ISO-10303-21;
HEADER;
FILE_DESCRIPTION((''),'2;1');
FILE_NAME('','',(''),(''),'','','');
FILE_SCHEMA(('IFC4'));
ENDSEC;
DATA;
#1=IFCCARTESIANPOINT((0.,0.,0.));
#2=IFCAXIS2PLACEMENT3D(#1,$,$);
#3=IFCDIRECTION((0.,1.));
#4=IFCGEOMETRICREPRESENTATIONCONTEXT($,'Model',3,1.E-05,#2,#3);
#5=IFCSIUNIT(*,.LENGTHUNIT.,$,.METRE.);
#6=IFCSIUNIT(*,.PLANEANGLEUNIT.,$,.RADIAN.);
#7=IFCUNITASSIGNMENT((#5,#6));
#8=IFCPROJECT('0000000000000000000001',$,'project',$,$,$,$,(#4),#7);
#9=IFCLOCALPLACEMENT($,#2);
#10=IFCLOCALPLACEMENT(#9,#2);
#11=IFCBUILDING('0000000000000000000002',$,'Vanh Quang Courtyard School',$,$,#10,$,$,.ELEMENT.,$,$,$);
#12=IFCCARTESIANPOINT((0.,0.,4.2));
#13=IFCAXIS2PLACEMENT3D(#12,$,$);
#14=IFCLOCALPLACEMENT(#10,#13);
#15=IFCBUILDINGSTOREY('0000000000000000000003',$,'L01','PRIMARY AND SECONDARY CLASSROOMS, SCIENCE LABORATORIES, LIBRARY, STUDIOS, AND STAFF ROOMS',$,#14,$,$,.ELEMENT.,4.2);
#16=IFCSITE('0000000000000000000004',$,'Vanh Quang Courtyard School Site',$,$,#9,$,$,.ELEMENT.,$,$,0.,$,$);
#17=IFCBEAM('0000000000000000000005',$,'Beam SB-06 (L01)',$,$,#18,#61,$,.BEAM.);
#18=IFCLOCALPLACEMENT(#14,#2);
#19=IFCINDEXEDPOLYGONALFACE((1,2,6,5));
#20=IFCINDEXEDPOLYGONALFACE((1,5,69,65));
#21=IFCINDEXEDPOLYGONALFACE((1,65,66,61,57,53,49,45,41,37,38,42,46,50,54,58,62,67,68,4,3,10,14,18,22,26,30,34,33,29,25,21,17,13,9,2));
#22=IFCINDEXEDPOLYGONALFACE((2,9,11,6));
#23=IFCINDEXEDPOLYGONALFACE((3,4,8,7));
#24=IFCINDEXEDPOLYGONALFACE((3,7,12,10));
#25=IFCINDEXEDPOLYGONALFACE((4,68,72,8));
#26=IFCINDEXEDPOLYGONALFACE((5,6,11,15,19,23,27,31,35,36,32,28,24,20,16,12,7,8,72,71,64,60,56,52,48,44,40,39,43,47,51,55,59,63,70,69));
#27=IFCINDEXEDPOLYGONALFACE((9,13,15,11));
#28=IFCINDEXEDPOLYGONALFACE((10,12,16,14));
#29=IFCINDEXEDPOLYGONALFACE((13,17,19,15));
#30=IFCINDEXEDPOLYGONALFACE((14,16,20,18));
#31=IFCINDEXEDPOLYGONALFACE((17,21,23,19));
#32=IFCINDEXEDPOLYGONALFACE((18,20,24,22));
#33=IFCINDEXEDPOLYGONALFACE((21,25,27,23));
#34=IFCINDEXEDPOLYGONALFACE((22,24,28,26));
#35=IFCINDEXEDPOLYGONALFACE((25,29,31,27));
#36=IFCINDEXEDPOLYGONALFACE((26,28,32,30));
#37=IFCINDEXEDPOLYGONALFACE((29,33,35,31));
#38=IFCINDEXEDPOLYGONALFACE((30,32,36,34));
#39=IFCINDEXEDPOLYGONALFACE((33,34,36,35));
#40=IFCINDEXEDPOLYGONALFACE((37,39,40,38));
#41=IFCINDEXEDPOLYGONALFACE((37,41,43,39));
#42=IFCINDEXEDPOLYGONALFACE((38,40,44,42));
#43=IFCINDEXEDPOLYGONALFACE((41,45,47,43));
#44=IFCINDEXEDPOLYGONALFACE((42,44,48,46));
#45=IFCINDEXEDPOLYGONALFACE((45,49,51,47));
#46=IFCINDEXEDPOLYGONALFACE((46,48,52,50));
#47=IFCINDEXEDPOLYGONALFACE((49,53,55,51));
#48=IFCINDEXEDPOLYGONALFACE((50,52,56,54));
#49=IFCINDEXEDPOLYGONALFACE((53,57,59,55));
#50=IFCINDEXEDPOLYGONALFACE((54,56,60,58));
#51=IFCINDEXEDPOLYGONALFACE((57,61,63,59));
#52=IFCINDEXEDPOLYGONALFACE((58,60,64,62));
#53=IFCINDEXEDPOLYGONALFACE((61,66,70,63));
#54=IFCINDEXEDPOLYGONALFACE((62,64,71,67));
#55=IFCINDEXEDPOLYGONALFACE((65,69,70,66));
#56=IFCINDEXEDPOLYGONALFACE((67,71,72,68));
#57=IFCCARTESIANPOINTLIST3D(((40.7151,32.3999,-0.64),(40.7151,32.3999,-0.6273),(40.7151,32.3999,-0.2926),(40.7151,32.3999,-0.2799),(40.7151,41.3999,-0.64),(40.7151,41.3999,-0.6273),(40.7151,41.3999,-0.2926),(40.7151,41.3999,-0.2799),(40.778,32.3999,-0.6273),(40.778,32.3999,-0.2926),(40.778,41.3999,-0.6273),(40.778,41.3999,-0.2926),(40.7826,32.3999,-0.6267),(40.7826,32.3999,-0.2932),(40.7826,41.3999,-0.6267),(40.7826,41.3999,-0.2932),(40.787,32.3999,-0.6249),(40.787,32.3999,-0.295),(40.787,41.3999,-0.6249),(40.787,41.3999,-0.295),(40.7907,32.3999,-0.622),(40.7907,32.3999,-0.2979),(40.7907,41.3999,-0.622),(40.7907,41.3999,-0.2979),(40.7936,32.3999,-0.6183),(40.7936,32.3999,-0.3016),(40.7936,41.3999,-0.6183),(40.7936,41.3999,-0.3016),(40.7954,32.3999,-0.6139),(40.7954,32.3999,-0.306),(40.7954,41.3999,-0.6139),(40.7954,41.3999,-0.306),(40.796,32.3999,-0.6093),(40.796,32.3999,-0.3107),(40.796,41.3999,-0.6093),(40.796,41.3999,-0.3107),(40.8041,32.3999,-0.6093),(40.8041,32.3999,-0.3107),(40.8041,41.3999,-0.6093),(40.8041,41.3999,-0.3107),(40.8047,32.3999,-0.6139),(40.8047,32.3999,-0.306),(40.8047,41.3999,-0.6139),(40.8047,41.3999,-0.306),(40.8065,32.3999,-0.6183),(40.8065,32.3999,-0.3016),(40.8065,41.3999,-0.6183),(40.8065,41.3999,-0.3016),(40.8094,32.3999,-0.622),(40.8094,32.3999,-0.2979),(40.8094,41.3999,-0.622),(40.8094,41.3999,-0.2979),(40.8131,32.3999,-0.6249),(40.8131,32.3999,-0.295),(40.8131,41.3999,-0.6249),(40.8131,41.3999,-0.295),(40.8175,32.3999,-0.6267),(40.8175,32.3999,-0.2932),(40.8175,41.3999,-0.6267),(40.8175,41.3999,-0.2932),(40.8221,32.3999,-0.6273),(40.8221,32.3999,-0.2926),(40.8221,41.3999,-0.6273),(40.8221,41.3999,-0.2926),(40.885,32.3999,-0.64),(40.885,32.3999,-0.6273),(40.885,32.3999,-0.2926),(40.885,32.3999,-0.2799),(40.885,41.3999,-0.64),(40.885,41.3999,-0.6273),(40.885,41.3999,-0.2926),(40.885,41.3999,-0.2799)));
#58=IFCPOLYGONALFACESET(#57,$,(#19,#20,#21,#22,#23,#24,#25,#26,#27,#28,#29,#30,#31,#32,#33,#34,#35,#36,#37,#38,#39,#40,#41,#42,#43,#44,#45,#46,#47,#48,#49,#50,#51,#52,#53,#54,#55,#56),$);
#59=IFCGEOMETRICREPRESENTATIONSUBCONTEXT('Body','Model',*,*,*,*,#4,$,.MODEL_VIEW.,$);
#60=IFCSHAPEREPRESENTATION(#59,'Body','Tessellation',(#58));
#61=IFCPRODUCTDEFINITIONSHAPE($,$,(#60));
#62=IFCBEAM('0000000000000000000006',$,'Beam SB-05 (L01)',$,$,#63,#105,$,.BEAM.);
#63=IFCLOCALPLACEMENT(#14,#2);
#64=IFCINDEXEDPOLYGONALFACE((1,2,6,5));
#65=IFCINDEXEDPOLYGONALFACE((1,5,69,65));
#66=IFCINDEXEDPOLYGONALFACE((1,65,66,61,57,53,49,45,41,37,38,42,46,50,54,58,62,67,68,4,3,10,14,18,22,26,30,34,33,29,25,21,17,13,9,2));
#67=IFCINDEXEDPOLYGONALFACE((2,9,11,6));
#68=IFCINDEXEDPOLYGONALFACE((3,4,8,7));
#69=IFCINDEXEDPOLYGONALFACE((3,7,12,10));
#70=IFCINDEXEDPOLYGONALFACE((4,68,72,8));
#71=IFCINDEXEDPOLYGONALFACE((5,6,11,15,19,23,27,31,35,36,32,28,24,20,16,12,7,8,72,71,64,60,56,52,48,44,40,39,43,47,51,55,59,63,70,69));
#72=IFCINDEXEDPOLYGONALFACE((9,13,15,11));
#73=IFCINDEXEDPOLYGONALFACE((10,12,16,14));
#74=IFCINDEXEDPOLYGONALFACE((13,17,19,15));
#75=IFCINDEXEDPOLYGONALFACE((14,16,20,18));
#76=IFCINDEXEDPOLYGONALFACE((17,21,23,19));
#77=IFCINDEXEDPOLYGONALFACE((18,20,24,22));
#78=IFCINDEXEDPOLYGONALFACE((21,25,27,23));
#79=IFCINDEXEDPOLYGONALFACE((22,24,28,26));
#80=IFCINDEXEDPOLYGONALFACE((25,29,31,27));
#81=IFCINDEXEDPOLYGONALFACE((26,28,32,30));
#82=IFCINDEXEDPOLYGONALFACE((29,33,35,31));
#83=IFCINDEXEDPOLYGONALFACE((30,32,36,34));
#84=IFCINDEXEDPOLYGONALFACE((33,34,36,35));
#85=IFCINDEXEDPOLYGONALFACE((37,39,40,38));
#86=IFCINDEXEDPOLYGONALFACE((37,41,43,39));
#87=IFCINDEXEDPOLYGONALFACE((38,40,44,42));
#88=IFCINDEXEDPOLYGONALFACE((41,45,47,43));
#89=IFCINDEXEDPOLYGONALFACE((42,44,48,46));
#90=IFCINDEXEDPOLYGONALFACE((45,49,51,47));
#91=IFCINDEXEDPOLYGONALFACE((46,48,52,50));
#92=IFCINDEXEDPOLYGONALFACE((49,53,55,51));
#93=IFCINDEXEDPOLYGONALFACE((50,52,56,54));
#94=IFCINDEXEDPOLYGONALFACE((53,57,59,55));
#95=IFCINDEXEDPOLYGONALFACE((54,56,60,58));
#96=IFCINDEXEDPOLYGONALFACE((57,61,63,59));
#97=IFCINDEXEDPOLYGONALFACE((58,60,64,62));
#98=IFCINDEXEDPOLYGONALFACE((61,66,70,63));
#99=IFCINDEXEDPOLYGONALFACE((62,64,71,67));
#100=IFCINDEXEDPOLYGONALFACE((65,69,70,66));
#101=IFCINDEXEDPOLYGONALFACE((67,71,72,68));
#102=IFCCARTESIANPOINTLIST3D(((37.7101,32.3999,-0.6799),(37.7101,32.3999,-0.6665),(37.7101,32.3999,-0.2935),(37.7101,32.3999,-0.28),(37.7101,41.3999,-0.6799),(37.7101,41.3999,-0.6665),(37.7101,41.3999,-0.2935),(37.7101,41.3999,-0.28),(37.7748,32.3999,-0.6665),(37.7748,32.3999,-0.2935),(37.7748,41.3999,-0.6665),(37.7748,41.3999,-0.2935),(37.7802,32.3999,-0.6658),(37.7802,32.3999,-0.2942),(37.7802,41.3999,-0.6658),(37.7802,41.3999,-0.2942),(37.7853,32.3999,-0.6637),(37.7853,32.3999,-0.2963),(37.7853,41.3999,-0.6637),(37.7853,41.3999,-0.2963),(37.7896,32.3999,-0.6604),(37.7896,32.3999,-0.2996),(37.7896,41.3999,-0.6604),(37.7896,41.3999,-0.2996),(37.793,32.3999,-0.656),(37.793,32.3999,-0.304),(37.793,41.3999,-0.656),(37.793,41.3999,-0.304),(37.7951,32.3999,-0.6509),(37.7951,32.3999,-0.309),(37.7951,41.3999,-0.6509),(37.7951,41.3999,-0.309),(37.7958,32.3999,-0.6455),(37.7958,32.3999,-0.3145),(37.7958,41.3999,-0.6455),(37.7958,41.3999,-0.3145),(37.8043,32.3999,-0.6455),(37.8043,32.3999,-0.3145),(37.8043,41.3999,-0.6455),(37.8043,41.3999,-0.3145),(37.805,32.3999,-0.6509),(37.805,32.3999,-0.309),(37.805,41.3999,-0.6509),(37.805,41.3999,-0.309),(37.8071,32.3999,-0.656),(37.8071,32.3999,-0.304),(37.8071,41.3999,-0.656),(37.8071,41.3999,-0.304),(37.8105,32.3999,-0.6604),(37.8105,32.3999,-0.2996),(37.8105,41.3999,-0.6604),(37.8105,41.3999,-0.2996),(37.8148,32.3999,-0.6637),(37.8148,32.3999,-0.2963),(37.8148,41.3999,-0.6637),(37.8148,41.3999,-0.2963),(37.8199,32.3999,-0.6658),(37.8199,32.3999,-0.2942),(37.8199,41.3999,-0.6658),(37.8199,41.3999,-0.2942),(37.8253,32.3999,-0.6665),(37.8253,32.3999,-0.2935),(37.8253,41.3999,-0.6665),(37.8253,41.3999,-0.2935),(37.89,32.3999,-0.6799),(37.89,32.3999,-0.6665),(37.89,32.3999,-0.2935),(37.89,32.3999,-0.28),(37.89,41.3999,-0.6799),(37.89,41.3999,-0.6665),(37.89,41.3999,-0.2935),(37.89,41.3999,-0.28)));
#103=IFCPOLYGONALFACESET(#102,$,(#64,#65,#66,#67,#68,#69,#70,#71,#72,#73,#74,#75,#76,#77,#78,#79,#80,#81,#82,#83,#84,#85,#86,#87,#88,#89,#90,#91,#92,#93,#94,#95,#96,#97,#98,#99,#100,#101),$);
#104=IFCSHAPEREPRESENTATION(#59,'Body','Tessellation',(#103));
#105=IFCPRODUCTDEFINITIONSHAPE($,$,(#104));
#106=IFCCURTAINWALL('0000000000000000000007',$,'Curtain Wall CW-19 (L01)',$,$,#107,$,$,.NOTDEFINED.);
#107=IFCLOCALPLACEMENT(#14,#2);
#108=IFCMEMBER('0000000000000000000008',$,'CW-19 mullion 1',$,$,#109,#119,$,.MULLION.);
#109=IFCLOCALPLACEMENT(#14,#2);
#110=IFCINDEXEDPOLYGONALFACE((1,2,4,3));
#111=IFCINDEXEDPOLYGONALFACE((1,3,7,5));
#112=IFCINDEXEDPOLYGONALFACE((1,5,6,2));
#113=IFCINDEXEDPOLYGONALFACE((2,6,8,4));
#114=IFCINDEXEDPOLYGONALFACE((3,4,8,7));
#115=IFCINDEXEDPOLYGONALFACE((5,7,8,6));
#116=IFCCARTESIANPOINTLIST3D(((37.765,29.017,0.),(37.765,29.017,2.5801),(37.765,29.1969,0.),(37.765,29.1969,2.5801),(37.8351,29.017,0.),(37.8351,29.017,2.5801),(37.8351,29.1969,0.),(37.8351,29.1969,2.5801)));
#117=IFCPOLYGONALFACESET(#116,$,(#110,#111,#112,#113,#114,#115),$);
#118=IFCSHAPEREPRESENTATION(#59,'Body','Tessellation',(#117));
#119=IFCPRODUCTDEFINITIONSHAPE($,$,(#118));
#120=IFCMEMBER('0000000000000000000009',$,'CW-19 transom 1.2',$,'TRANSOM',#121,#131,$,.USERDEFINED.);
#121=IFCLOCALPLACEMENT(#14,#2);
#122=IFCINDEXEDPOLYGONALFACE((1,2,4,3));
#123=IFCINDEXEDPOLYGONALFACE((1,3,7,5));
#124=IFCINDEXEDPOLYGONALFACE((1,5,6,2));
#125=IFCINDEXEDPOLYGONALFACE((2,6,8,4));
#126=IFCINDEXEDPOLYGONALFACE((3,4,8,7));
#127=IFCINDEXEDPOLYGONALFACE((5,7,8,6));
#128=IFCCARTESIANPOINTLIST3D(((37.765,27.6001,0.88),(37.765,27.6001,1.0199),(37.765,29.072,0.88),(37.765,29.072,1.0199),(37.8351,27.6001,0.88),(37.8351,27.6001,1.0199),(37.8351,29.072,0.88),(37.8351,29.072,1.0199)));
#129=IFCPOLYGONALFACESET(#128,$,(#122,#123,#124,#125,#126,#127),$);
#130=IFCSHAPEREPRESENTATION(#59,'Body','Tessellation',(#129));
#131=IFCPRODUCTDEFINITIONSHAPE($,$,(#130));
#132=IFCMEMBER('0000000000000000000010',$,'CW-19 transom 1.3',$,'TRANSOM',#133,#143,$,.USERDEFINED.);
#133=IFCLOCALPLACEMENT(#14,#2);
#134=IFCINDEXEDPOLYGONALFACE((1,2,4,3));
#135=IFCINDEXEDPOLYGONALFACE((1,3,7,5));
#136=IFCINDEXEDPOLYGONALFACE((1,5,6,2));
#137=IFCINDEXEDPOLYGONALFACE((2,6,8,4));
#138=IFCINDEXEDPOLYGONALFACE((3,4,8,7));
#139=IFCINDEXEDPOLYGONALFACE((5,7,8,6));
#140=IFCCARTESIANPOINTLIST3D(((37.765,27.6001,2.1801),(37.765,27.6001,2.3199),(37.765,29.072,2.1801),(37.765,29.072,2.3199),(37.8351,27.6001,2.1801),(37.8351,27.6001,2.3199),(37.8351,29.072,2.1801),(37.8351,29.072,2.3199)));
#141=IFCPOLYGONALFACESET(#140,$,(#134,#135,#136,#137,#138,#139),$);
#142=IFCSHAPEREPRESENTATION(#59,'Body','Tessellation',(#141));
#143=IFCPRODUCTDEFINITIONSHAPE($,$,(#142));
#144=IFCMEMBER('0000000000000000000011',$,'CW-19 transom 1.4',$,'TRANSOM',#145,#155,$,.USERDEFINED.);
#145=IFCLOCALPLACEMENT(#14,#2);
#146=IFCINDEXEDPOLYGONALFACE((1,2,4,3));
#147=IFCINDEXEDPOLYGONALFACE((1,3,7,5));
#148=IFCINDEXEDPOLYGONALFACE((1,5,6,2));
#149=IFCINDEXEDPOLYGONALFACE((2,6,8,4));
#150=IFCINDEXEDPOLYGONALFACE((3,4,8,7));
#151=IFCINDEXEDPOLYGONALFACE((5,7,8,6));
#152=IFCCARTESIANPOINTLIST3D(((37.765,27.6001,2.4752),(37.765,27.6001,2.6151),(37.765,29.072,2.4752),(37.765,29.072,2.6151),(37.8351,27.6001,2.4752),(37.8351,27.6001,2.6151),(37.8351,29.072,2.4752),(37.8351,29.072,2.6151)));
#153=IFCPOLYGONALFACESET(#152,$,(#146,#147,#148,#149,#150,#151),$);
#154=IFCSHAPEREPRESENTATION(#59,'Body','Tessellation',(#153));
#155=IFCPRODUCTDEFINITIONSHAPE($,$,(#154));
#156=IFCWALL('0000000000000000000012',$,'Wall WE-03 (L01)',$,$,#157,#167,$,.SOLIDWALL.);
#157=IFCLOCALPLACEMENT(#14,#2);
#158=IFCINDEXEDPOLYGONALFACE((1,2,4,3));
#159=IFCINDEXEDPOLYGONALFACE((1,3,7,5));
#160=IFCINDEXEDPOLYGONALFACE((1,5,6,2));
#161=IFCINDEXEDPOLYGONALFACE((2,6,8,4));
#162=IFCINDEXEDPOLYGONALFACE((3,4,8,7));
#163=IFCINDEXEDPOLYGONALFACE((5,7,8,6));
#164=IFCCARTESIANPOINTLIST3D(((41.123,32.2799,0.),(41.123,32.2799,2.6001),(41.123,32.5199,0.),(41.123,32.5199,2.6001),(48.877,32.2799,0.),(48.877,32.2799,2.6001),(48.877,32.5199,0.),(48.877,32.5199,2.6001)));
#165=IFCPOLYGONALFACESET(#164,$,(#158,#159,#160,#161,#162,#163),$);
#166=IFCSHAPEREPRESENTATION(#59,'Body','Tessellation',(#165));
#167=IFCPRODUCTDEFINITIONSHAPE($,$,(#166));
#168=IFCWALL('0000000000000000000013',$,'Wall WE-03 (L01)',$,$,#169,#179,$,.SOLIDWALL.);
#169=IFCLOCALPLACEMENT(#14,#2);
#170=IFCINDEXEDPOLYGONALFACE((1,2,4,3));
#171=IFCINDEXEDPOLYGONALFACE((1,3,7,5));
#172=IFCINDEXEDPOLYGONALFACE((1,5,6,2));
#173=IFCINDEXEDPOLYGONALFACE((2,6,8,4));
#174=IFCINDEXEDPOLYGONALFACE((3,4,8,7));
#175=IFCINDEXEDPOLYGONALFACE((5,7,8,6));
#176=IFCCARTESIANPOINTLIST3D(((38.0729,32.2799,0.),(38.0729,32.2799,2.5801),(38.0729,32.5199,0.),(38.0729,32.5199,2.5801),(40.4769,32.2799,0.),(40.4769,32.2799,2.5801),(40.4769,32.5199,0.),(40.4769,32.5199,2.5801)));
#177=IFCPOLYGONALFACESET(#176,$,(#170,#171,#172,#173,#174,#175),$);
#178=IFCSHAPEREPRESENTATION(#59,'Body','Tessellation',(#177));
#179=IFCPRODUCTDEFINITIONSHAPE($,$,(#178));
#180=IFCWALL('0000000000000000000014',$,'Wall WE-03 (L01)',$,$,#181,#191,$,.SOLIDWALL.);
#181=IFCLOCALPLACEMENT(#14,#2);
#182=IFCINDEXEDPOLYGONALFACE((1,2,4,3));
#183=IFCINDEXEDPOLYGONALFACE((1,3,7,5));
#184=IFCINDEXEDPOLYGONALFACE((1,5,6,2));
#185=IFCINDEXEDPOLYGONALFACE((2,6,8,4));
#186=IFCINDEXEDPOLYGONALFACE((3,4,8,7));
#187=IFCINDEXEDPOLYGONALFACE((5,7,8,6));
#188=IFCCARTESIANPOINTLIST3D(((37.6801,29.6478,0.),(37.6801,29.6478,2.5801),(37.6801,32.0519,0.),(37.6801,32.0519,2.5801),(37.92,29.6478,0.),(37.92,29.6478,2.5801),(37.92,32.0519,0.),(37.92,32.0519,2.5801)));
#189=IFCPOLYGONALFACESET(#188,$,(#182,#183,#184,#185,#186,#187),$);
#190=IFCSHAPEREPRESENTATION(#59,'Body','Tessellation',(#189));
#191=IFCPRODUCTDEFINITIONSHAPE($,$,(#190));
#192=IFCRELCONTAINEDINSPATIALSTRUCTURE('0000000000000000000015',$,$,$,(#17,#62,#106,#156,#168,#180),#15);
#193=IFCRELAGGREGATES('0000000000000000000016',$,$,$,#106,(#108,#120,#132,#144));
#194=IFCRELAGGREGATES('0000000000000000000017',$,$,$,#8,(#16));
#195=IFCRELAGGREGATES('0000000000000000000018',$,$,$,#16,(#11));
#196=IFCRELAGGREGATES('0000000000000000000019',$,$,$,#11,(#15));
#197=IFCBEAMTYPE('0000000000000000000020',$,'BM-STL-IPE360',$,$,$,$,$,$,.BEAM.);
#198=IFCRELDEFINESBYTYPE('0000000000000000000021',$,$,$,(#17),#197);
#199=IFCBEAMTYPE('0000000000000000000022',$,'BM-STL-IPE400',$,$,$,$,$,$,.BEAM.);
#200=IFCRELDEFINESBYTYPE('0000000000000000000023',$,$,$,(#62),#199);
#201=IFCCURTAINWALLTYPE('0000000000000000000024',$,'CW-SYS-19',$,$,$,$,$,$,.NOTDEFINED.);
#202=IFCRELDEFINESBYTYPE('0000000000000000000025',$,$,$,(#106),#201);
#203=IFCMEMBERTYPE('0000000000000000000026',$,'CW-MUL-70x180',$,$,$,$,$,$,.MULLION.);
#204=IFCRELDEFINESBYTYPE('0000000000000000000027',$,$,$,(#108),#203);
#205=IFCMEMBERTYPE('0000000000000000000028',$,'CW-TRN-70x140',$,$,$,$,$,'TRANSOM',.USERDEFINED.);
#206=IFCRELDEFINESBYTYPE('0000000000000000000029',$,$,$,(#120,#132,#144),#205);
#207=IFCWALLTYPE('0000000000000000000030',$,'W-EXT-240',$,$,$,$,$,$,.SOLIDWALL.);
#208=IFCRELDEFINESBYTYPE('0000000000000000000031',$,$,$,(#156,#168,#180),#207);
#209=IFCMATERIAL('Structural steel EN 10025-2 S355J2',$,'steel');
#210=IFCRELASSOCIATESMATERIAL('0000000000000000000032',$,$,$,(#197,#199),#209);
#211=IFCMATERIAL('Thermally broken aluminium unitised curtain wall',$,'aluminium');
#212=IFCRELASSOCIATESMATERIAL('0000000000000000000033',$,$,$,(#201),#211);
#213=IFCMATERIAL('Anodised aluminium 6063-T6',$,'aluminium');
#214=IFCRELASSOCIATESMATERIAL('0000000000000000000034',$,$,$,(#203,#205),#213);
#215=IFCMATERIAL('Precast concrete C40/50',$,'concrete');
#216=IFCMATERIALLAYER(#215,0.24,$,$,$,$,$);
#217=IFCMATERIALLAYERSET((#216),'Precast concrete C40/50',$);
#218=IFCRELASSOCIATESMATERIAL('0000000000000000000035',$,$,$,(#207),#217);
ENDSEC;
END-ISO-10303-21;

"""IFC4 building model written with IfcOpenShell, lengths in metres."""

from ifc_helpers import new_model, si_unit, direction, frame, frame_2d, origin, origin_2d, place, context, subcontext, project, spatial, rectangle, i_section, extrude, material, layer, layer_set, material_profile, profile_set, type_object, element, aggregate, save


model = new_model("IFC4")

# Units and contexts
model_context = context("Model", 3, precision=1e-05, world=origin(), true_north=direction((0.0, 1.0)))
body_context = subcontext(model_context, "Body", "Model", "MODEL_VIEW")
ifc_project = project(units=[si_unit("LENGTHUNIT", "METRE"), si_unit("PLANEANGLEUNIT", "RADIAN")], contexts=[model_context])

# Site, building, storey
site_placement = place(None, origin())
site = spatial("IfcSite", under=ifc_project, at=site_placement, Name="Vanh Quang Courtyard School Site", CompositionType="ELEMENT", RefElevation=0.0)
building_placement = place(site_placement, origin())
building = spatial("IfcBuilding", under=site, at=building_placement, Name="Vanh Quang Courtyard School", CompositionType="ELEMENT")
storey_placement = place(building_placement, frame((0.0, 0.0, 4.2)))
storey = spatial("IfcBuildingStorey", under=building, at=storey_placement, Name="L01", Description="PRIMARY AND SECONDARY CLASSROOMS, SCIENCE LABORATORIES, LIBRARY, STUDIOS, AND STAFF ROOMS", CompositionType="ELEMENT", Elevation=4.2)

# Beams
ifc_material_1 = material(Name="Structural steel EN 10025-2 S355J2", Category="steel")
ifc_material_profile_1 = material_profile(ifc_material_1, i_section(OverallWidth=0.1699, OverallDepth=0.3601, WebThickness=0.0081, FlangeThickness=0.0127, FilletRadius=0.0181, at=origin_2d()), Name="IPE 360")
ifc_profile_set_1 = profile_set([ifc_material_profile_1], Name="Structural steel EN 10025-2 S355J2")
beam_type_1 = type_object("IfcBeamType", Name="BM-STL-IPE360", PredefinedType="BEAM", material=ifc_profile_set_1)
beam_1_placement = place(storey_placement, frame((40.8, 32.3999, -0.46), z_axis=(0.0, 1.0, 0.0), x_axis=(-1.0, 0.0, 0.0)))
element("IfcBeam", 1, at=beam_1_placement, inside=storey, type_object=beam_type_1, Name="Beam SB-06 (L01)", PredefinedType="BEAM", context=body_context, shape_type="SweptSolid", body=[
    extrude(i_section(OverallWidth=0.1699, OverallDepth=0.3601, WebThickness=0.0081, FlangeThickness=0.0127, FilletRadius=0.0181, at=origin_2d()), origin(), (0.0, 0.0, 1.0), 9.0),
])
ifc_material_profile_2 = material_profile(ifc_material_1, i_section(OverallWidth=0.1799, OverallDepth=0.3999, WebThickness=0.0085, FlangeThickness=0.0134, FilletRadius=0.021, at=origin_2d()), Name="IPE 400")
ifc_profile_set_2 = profile_set([ifc_material_profile_2], Name="Structural steel EN 10025-2 S355J2")
beam_type_2 = type_object("IfcBeamType", Name="BM-STL-IPE400", PredefinedType="BEAM", material=ifc_profile_set_2)
beam_2_placement = place(storey_placement, frame((37.8, 32.3999, -0.48), z_axis=(0.0, 1.0, 0.0), x_axis=(-1.0, 0.0, 0.0)))
element("IfcBeam", 2, at=beam_2_placement, inside=storey, type_object=beam_type_2, Name="Beam SB-05 (L01)", PredefinedType="BEAM", context=body_context, shape_type="SweptSolid", body=[
    extrude(i_section(OverallWidth=0.1799, OverallDepth=0.3999, WebThickness=0.0085, FlangeThickness=0.0134, FilletRadius=0.021, at=origin_2d()), origin(), (0.0, 0.0, 1.0), 9.0),
])

# Curtain wall, members
ifc_material_2 = material(Name="Thermally broken aluminium unitised curtain wall", Category="aluminium")
curtain_wall_type = type_object("IfcCurtainWallType", Name="CW-SYS-19", PredefinedType="NOTDEFINED", material=ifc_material_2)
curtain_wall_placement = place(storey_placement, origin())
curtain_wall = element("IfcCurtainWall", 3, at=curtain_wall_placement, inside=storey, type_object=curtain_wall_type, Name="Curtain Wall CW-19 (L01)", PredefinedType="NOTDEFINED")
ifc_material_3 = material(Name="Anodised aluminium 6063-T6", Category="aluminium")
ifc_material_profile_3 = material_profile(ifc_material_3, rectangle(XDim=0.0701, YDim=0.1799, at=origin_2d()), Name="ALU-MUL 70x180")
ifc_profile_set_3 = profile_set([ifc_material_profile_3], Name="Anodised aluminium 6063-T6")
member_type_1 = type_object("IfcMemberType", Name="CW-MUL-70x180", PredefinedType="MULLION", material=ifc_profile_set_3)
member_1_placement = place(storey_placement, frame((37.8, 29.1069, 0.0), z_axis=(0.0, 0.0, 1.0), x_axis=(1.0, 0.0, 0.0)))
member_1 = element("IfcMember", 4, at=member_1_placement, type_object=member_type_1, Name="CW-19 mullion 1", PredefinedType="MULLION", context=body_context, shape_type="SweptSolid", body=[
    extrude(rectangle(XDim=0.0701, YDim=0.1799, at=origin_2d()), origin(), (0.0, 0.0, 1.0), 2.5801),
])
ifc_material_profile_4 = material_profile(ifc_material_3, rectangle(XDim=0.0701, YDim=0.1399, at=origin_2d()), Name="ALU-TRN 70x140")
ifc_profile_set_4 = profile_set([ifc_material_profile_4], Name="Anodised aluminium 6063-T6")
member_type_2 = type_object("IfcMemberType", Name="CW-TRN-70x140", ElementType="TRANSOM", PredefinedType="USERDEFINED", material=ifc_profile_set_4)
member_2_placement = place(storey_placement, frame((37.8, 29.072, 0.95), z_axis=(0.0, -1.0, 0.0), x_axis=(1.0, 0.0, 0.0)))
member_2 = element("IfcMember", 5, at=member_2_placement, type_object=member_type_2, Name="CW-19 transom 1.2", ObjectType="TRANSOM", PredefinedType="USERDEFINED", context=body_context, shape_type="SweptSolid", body=[
    extrude(rectangle(XDim=0.0701, YDim=0.1399, at=origin_2d()), origin(), (0.0, 0.0, 1.0), 1.4719),
])
member_3_placement = place(storey_placement, frame((37.8, 29.072, 2.25), z_axis=(0.0, -1.0, 0.0), x_axis=(1.0, 0.0, 0.0)))
member_3 = element("IfcMember", 6, at=member_3_placement, type_object=member_type_2, Name="CW-19 transom 1.3", ObjectType="TRANSOM", PredefinedType="USERDEFINED", context=body_context, shape_type="SweptSolid", body=[
    extrude(rectangle(XDim=0.0701, YDim=0.1399, at=origin_2d()), origin(), (0.0, 0.0, 1.0), 1.4719),
])
member_4_placement = place(storey_placement, frame((37.8, 29.072, 2.5452), z_axis=(0.0, -1.0, 0.0), x_axis=(1.0, 0.0, 0.0)))
member_4 = element("IfcMember", 7, at=member_4_placement, type_object=member_type_2, Name="CW-19 transom 1.4", ObjectType="TRANSOM", PredefinedType="USERDEFINED", context=body_context, shape_type="SweptSolid", body=[
    extrude(rectangle(XDim=0.0701, YDim=0.1399, at=origin_2d()), origin(), (0.0, 0.0, 1.0), 1.4719),
])
aggregate(curtain_wall, [member_1, member_2, member_3, member_4])

# Walls
ifc_material_4 = material(Name="Precast concrete C40/50", Category="concrete")
ifc_layer_1 = layer(ifc_material_4, 0.24)
ifc_layer_set_1 = layer_set([ifc_layer_1], Name="Precast concrete C40/50")
wall_type = type_object("IfcWallType", Name="W-EXT-240", PredefinedType="SOLIDWALL", material=ifc_layer_set_1)
wall_placement = place(storey_placement, frame((48.877, 32.3999, 0.0), z_axis=(0.0, 0.0, 1.0), x_axis=(-1.0, 0.0, 0.0)))
element("IfcWall", 8, at=wall_placement, inside=storey, type_object=wall_type, Name="Wall WE-03 (L01)", PredefinedType="SOLIDWALL", context=body_context, shape_type="SweptSolid", body=[
    extrude(rectangle(XDim=7.7539, YDim=0.24, at=frame_2d((3.877, 0.0))), origin(), (0.0, 0.0, 1.0), 2.6001),
])
for number, where, z_axis, x_axis, name in (
    (9, (40.4771, 32.3999, 0.0), (0.0, 0.0, 1.0), (-1.0, 0.0, 0.0), "Wall WE-03 (L01)"),
    (10, (37.8, 32.052, 0.0), (0.0, 0.0, 1.0), (0.0, -1.0, 0.0), "Wall WE-03 (L01)"),
):
    element("IfcWall", number, at=place(storey_placement, frame(where, z_axis=z_axis, x_axis=x_axis)), inside=storey, type_object=wall_type, Name=name, PredefinedType="SOLIDWALL", context=body_context, shape_type="SweptSolid", body=[
        extrude(rectangle(XDim=2.4041, YDim=0.24, at=frame_2d((1.2021, 0.0))), origin(), (0.0, 0.0, 1.0), 2.5801),
    ])

save(model, "model.ifc")
